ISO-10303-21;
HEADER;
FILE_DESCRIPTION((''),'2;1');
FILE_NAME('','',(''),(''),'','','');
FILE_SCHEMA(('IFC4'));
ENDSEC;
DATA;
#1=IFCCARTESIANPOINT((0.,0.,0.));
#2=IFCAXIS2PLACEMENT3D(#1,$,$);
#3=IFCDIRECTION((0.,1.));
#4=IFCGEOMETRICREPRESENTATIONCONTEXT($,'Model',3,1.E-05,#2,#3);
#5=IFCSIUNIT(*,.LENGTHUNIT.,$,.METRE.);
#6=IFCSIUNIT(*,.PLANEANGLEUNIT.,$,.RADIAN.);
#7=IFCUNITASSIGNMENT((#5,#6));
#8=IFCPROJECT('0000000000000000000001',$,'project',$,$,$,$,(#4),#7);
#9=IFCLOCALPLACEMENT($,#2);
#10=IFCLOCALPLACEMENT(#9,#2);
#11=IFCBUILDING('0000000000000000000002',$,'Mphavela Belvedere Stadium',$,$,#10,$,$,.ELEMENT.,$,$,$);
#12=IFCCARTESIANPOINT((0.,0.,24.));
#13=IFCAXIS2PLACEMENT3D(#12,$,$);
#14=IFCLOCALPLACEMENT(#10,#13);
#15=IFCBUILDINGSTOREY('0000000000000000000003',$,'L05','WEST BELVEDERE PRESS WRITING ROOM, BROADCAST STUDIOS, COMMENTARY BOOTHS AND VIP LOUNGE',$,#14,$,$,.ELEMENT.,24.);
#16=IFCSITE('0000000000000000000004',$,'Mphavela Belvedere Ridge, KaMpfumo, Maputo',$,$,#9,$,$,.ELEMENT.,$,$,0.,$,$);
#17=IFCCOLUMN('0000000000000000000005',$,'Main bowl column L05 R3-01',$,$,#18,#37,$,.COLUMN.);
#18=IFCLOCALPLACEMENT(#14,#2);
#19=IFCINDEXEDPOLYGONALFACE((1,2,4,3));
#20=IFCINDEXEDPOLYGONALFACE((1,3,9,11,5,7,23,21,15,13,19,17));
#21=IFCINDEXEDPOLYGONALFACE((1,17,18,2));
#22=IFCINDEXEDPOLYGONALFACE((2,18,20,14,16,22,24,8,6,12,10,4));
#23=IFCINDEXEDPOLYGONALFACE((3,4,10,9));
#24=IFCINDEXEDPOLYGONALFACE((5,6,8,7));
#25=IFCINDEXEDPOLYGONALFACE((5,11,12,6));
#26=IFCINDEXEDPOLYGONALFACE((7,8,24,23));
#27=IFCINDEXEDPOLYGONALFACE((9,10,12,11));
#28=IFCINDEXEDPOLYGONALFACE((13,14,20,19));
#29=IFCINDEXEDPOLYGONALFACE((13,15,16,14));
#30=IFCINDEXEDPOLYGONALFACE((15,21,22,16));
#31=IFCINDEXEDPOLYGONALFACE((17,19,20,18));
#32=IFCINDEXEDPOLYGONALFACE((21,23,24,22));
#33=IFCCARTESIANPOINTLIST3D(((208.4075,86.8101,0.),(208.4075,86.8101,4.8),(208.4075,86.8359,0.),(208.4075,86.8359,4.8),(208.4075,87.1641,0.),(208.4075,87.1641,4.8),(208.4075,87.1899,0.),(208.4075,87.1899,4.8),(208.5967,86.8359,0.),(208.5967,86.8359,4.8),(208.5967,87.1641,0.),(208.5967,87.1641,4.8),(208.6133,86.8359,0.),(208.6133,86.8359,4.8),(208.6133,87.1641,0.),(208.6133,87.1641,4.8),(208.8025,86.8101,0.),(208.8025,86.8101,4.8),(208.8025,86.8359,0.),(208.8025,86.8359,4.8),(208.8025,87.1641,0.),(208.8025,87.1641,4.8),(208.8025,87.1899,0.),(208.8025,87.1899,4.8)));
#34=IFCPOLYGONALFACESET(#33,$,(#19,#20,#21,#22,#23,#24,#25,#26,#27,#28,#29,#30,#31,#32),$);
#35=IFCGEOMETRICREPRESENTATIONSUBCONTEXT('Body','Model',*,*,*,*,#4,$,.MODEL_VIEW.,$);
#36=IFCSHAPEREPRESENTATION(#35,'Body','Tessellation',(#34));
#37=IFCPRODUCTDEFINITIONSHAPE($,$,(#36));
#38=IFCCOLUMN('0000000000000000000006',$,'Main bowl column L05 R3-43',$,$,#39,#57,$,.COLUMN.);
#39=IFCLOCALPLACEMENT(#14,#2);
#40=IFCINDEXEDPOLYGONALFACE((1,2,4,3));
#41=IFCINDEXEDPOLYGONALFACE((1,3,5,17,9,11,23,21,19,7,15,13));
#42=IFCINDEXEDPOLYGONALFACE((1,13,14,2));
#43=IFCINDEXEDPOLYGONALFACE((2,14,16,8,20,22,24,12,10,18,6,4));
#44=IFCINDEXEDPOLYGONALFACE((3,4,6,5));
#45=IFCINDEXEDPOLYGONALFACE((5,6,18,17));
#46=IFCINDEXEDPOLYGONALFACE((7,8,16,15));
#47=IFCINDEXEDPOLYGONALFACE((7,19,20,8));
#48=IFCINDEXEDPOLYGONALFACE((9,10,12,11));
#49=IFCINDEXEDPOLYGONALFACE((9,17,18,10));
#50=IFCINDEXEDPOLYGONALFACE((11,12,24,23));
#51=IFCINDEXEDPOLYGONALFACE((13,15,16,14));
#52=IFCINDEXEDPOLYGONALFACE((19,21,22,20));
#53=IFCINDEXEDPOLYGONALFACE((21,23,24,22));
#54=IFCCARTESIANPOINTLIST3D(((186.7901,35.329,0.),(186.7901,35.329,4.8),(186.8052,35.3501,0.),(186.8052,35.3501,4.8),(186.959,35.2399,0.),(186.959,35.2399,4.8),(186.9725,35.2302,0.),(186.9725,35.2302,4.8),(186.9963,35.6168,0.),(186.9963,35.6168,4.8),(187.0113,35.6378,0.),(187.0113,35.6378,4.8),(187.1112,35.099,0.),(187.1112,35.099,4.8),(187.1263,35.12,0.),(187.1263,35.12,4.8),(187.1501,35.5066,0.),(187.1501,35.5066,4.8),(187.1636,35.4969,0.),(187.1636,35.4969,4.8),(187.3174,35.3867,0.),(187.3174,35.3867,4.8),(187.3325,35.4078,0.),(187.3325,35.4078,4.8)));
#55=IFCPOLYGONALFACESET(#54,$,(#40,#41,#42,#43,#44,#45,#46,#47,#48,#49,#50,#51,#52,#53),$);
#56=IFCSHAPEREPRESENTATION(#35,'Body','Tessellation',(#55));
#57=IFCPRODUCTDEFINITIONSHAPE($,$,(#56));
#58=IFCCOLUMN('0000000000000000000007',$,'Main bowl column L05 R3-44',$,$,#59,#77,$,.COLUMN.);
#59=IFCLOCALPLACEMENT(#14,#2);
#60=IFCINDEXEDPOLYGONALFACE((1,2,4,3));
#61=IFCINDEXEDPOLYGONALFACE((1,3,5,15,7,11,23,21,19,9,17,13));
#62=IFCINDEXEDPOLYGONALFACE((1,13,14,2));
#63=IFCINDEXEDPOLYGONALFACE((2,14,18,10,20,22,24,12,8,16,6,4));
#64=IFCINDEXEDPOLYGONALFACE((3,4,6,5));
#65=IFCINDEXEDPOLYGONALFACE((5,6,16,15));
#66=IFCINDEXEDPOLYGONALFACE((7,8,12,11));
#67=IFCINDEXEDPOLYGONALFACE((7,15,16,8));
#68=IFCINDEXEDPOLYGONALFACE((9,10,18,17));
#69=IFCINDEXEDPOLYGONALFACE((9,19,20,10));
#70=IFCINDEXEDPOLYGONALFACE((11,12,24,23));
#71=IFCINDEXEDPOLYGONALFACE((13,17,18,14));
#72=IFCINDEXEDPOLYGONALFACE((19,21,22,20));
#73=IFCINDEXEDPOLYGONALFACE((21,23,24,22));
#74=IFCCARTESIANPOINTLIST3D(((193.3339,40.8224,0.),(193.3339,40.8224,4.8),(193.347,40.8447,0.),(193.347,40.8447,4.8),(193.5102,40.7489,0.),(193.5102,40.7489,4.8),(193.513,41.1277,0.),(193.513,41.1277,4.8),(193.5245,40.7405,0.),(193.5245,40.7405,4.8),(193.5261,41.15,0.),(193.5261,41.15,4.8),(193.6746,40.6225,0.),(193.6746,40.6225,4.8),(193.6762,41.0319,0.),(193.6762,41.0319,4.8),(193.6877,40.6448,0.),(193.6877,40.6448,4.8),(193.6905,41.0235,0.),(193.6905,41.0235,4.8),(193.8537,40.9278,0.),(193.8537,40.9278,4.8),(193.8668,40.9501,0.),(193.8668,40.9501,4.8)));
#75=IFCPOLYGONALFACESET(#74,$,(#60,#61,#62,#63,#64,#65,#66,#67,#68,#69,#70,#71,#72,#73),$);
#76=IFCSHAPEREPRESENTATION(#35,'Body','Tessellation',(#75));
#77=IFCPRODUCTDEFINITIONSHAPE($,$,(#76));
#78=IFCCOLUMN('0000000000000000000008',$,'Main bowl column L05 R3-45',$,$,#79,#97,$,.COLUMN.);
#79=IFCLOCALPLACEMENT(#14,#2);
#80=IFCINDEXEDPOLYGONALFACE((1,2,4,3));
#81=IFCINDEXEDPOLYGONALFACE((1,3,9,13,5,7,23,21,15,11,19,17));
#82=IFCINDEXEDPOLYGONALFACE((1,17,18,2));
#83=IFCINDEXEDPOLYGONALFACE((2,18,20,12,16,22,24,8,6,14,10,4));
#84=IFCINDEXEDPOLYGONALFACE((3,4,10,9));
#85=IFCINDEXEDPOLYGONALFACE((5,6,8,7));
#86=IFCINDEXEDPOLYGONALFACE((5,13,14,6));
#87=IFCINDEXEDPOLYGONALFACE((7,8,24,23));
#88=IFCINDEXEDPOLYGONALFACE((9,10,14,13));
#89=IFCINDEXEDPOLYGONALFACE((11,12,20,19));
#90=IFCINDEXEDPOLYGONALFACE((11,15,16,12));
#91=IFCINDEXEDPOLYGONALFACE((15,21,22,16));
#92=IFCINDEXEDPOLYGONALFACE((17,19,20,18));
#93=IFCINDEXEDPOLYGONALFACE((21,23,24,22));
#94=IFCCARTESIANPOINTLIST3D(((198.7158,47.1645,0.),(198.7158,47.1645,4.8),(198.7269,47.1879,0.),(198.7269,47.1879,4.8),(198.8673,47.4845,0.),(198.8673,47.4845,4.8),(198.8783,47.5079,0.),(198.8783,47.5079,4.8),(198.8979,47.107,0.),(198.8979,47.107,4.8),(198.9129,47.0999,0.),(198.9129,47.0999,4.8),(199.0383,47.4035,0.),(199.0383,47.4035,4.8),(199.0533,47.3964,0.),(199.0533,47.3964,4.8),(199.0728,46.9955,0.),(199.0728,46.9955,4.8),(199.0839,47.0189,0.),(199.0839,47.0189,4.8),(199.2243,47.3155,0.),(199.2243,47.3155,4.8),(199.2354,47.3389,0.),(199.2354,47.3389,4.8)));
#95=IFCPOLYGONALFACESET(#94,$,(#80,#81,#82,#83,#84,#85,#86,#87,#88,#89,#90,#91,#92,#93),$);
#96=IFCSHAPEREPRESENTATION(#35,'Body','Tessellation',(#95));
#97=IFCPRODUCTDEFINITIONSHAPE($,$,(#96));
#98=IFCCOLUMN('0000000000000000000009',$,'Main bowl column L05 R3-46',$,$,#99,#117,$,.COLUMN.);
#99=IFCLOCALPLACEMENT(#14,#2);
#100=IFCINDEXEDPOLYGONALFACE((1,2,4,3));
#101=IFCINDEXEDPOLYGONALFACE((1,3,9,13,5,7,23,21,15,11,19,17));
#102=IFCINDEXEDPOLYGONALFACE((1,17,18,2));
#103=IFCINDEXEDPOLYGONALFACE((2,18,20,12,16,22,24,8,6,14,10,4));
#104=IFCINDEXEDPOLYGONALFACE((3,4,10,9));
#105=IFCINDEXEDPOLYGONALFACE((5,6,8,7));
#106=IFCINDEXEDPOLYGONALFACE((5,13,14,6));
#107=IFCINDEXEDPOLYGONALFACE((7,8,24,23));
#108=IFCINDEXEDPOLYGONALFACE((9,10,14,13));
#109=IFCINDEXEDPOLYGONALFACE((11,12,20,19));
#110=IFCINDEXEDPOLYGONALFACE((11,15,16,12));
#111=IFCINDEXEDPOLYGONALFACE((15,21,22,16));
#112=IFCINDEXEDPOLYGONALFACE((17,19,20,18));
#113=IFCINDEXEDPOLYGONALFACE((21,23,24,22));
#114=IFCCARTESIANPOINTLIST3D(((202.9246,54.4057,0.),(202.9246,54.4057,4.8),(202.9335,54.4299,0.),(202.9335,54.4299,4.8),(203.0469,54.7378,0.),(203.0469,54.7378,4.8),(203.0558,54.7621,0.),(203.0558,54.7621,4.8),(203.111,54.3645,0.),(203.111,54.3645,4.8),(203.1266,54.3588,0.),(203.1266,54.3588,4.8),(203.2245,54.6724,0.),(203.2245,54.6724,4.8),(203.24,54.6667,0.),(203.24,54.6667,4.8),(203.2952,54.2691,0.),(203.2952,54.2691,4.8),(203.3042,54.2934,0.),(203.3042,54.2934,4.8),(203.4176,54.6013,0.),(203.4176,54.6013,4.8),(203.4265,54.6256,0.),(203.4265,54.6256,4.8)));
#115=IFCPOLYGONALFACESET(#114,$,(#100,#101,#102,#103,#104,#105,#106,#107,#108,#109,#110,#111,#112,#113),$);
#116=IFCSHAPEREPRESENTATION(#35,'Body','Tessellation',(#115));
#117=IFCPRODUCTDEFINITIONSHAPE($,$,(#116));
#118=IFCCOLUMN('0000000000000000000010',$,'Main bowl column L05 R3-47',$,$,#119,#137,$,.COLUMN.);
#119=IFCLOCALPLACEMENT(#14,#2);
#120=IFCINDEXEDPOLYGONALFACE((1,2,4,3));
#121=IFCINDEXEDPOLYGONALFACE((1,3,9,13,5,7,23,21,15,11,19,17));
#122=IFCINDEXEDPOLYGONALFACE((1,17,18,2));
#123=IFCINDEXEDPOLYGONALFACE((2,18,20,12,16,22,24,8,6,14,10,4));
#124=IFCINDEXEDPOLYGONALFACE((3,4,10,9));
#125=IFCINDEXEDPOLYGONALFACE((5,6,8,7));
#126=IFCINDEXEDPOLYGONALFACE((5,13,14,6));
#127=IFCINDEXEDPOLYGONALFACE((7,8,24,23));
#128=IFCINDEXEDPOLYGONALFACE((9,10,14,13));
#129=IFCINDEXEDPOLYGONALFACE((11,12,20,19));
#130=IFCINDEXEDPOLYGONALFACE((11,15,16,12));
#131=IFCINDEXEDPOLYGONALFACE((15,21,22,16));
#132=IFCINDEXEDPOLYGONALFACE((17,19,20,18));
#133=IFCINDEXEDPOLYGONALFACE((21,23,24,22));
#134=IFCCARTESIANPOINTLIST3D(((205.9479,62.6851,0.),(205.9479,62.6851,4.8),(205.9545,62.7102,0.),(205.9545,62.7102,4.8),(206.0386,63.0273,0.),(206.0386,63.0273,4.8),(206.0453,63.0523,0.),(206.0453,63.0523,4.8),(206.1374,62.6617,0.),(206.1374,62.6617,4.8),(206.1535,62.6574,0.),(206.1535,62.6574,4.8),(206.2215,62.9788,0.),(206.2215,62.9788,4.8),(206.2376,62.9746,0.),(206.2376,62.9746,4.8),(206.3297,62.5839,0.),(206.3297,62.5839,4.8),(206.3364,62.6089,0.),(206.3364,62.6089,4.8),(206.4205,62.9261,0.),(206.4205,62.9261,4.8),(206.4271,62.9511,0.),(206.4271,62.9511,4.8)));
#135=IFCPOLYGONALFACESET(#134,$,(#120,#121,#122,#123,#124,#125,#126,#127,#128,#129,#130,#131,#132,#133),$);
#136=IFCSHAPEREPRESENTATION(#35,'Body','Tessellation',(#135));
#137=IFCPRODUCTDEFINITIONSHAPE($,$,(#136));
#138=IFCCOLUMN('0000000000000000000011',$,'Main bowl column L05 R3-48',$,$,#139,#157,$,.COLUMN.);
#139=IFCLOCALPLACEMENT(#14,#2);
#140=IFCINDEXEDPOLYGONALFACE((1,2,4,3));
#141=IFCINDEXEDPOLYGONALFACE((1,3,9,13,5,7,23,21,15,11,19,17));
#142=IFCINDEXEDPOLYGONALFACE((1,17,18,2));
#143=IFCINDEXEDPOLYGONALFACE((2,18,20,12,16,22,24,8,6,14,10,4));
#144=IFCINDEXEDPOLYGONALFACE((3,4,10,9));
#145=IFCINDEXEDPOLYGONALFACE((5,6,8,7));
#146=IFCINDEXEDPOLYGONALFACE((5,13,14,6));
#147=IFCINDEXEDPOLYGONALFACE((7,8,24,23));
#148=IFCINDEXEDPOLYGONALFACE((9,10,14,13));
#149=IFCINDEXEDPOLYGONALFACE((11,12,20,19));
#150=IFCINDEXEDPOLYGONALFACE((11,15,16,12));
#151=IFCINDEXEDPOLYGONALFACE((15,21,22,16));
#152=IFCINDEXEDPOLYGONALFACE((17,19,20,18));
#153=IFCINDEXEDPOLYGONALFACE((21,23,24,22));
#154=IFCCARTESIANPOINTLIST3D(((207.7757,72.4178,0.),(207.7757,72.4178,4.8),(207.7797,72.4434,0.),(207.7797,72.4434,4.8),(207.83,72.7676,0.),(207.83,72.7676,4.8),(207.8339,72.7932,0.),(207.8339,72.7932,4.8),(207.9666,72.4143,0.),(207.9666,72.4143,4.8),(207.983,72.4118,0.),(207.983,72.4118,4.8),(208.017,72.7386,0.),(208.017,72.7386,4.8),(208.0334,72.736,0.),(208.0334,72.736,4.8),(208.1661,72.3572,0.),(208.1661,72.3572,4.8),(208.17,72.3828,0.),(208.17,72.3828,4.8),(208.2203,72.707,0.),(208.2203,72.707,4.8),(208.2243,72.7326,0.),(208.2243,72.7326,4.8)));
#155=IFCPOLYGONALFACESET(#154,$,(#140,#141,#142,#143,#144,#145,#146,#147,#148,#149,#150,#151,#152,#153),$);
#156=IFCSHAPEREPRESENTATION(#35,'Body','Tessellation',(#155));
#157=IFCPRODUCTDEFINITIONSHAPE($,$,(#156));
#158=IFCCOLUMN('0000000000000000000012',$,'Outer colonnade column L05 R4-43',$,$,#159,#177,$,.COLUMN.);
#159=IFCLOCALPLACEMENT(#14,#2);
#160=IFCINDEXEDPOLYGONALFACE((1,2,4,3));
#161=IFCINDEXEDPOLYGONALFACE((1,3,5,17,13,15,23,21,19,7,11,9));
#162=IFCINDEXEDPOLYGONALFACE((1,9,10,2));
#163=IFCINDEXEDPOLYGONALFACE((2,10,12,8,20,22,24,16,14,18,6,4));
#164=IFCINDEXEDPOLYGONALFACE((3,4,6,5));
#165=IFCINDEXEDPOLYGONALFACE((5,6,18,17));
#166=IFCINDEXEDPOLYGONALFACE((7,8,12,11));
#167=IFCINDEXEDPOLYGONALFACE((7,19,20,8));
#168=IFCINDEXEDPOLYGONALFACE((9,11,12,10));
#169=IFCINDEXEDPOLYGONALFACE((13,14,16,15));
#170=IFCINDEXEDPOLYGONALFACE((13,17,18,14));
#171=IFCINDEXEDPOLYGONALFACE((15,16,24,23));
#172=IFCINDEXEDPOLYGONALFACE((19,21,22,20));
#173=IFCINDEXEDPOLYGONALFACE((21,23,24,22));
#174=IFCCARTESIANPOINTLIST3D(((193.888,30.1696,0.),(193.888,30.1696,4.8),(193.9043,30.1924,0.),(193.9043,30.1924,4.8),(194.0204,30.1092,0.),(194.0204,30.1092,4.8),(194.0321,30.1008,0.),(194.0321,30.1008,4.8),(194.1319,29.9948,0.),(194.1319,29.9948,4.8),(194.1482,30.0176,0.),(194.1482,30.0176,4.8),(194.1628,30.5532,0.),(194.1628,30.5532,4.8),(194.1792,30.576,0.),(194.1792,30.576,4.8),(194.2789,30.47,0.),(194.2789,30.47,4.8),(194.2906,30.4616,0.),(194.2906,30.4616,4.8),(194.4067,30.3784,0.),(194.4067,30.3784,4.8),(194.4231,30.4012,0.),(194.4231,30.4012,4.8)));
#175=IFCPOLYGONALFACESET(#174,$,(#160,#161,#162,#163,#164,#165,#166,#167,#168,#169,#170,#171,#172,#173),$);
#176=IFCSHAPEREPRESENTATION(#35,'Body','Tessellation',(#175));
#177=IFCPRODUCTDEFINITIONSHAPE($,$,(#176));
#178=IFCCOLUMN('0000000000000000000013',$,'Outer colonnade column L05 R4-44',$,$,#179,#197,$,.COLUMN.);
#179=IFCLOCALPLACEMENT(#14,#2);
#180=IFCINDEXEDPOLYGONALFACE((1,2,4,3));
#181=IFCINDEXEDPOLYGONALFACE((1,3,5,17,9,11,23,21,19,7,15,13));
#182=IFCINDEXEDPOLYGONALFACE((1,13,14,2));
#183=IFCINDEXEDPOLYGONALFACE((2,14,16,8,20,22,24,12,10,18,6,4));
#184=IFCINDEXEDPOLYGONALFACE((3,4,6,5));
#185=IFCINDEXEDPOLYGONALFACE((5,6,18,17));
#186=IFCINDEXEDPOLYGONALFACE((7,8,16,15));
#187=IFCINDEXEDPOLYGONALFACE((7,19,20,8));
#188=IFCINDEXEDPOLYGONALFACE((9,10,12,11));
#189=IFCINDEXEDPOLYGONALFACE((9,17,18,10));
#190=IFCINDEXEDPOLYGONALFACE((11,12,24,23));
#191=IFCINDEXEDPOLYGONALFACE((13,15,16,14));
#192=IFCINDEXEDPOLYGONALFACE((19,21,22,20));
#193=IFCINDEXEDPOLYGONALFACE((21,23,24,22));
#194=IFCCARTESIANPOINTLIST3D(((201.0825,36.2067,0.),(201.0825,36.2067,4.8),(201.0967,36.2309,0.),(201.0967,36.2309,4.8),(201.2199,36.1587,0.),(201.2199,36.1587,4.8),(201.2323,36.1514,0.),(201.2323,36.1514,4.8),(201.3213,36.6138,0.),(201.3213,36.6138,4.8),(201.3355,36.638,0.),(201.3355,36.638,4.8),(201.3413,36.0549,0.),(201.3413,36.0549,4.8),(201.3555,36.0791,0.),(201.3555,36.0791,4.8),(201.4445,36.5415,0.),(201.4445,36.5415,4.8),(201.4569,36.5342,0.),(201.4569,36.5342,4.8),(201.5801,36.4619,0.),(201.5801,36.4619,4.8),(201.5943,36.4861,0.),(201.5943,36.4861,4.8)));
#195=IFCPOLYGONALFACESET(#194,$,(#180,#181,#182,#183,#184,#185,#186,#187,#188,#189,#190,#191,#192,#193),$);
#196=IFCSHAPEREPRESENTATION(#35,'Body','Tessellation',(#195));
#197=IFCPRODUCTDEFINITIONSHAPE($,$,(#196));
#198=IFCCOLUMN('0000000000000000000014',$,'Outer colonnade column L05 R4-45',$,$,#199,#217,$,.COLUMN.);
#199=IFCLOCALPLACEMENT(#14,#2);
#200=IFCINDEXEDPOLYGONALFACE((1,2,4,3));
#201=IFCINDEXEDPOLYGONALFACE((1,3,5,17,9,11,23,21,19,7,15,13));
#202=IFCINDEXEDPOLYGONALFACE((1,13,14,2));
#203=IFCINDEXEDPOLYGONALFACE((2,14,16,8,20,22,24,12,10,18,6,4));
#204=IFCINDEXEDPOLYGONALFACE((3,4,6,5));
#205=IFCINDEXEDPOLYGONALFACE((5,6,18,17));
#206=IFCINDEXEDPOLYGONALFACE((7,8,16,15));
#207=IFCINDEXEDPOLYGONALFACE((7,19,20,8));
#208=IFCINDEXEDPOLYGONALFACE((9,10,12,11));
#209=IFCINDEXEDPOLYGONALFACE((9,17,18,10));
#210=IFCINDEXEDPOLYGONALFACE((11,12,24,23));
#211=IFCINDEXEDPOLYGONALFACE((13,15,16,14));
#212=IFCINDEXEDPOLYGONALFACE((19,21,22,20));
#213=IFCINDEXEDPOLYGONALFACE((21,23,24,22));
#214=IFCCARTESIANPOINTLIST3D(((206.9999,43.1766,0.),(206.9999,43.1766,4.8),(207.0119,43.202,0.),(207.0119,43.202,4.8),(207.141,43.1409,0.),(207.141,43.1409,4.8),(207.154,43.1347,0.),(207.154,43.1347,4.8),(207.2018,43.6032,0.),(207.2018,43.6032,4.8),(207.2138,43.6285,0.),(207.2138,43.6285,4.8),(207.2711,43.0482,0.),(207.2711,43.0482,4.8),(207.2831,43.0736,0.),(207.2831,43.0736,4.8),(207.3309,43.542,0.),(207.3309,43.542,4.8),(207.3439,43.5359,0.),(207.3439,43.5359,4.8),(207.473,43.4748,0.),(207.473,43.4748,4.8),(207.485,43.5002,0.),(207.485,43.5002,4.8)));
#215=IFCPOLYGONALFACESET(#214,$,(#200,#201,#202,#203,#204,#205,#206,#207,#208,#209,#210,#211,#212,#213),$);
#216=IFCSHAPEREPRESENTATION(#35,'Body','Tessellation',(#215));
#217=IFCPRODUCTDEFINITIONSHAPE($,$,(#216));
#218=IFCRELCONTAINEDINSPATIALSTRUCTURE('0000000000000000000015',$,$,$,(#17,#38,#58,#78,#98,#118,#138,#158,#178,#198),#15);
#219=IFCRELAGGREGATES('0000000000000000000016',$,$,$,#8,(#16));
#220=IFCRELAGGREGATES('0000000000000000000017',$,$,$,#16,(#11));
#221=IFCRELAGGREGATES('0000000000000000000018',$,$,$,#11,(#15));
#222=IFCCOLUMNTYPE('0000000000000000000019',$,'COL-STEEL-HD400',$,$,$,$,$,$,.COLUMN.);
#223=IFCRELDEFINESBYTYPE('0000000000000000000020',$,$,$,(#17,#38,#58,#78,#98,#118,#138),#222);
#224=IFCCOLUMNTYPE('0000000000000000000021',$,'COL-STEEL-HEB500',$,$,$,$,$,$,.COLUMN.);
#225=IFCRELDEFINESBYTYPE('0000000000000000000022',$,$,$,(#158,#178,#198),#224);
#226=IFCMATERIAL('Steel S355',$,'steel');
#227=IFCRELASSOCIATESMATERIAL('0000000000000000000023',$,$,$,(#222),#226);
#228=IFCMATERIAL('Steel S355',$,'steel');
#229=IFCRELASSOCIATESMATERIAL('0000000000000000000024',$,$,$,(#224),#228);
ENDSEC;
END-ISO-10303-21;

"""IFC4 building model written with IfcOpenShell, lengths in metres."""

from ifc_helpers import new_model, si_unit, direction, frame, origin, origin_2d, place, context, subcontext, project, spatial, i_section, extrude, material, material_profile, profile_set, type_object, element, save


model = new_model("IFC4")

# Units and contexts
model_context = context("Model", 3, precision=1e-05, world=origin(), true_north=direction((0.0, 1.0)))
body_context = subcontext(model_context, "Body", "Model", "MODEL_VIEW")
ifc_project = project(units=[si_unit("LENGTHUNIT", "METRE"), si_unit("PLANEANGLEUNIT", "RADIAN")], contexts=[model_context])

# Site, building, storey
site_placement = place(None, origin())
site = spatial("IfcSite", under=ifc_project, at=site_placement, Name="Mphavela Belvedere Ridge, KaMpfumo, Maputo", CompositionType="ELEMENT", RefElevation=0.0)
building_placement = place(site_placement, origin())
building = spatial("IfcBuilding", under=site, at=building_placement, Name="Mphavela Belvedere Stadium", CompositionType="ELEMENT")
storey_placement = place(building_placement, frame((0.0, 0.0, 24.0)))
storey = spatial("IfcBuildingStorey", under=building, at=storey_placement, Name="L05", Description="WEST BELVEDERE PRESS WRITING ROOM, BROADCAST STUDIOS, COMMENTARY BOOTHS AND VIP LOUNGE", CompositionType="ELEMENT", Elevation=24.0)

# Columns
ifc_material_1 = material(Name="Steel S355", Category="steel")
ifc_material_profile_1 = material_profile(ifc_material_1, i_section(OverallWidth=0.395, OverallDepth=0.3799, WebThickness=0.0166, FlangeThickness=0.0259, at=origin_2d()), Name="HD 400x237")
ifc_profile_set_1 = profile_set([ifc_material_profile_1], Name="Steel S355")
column_type_1 = type_object("IfcColumnType", Name="COL-STEEL-HD400", PredefinedType="COLUMN", material=ifc_profile_set_1)
for number, where, z_axis, x_axis, name in (
    (1, (208.605, 87.0, 0.0), (0.0, 0.0, 1.0), (1.0, 0.0, 0.0), "Main bowl column L05 R3-01"),
    (2, (187.0613, 35.3684, 0.0), (0.0, 0.0, 1.0), (0.812898, -0.582407, 0.0), "Main bowl column L05 R3-43"),
    (3, (193.6003, 40.8862, 0.0), (0.0, 0.0, 1.0), (0.862514, -0.506034, 0.0), "Main bowl column L05 R3-44"),
    (4, (198.9756, 47.2517, 0.0), (0.0, 0.0, 1.0), (0.903859, -0.427831, 0.0), "Main bowl column L05 R3-45"),
    (5, (203.1755, 54.5156, 0.0), (0.0, 0.0, 1.0), (0.938372, -0.345626, 0.0), "Main bowl column L05 R3-46"),
    (6, (206.1875, 62.8181, 0.0), (0.0, 0.0, 1.0), (0.9666, -0.256289, 0.0), "Main bowl column L05 R3-47"),
    (7, (208.0, 72.5752, 0.0), (0.0, 0.0, 1.0), (0.988175, -0.153331, 0.0), "Main bowl column L05 R3-48"),
):
    element("IfcColumn", number, at=place(storey_placement, frame(where, z_axis=z_axis, x_axis=x_axis)), inside=storey, type_object=column_type_1, Name=name, PredefinedType="COLUMN", context=body_context, shape_type="SweptSolid", body=[
        extrude(i_section(OverallWidth=0.395, OverallDepth=0.3799, WebThickness=0.0166, FlangeThickness=0.0259, at=origin_2d()), origin(), (0.0, 0.0, 1.0), 4.8),
    ])
ifc_material_2 = material(Name="Steel S355", Category="steel")
ifc_material_profile_2 = material_profile(ifc_material_2, i_section(OverallWidth=0.3, OverallDepth=0.5, WebThickness=0.0144, FlangeThickness=0.0281, at=origin_2d()), Name="HEB 500")
ifc_profile_set_2 = profile_set([ifc_material_profile_2], Name="Steel S355")
column_type_2 = type_object("IfcColumnType", Name="COL-STEEL-HEB500", PredefinedType="COLUMN", material=ifc_profile_set_2)
for number, where, z_axis, x_axis, name in (
    (8, (194.1555, 30.2854, 0.0), (0.0, 0.0, 1.0), (0.812898, -0.582407, 0.0), "Outer colonnade column L05 R4-43"),
    (9, (201.3384, 36.3464, 0.0), (0.0, 0.0, 1.0), (0.862514, -0.506034, 0.0), "Outer colonnade column L05 R4-44"),
    (10, (207.2424, 43.3384, 0.0), (0.0, 0.0, 1.0), (0.903859, -0.427831, 0.0), "Outer colonnade column L05 R4-45"),
):
    element("IfcColumn", number, at=place(storey_placement, frame(where, z_axis=z_axis, x_axis=x_axis)), inside=storey, type_object=column_type_2, Name=name, PredefinedType="COLUMN", context=body_context, shape_type="SweptSolid", body=[
        extrude(i_section(OverallWidth=0.3, OverallDepth=0.5, WebThickness=0.0144, FlangeThickness=0.0281, at=origin_2d()), origin(), (0.0, 0.0, 1.0), 4.8),
    ])

save(model, "model.ifc")
